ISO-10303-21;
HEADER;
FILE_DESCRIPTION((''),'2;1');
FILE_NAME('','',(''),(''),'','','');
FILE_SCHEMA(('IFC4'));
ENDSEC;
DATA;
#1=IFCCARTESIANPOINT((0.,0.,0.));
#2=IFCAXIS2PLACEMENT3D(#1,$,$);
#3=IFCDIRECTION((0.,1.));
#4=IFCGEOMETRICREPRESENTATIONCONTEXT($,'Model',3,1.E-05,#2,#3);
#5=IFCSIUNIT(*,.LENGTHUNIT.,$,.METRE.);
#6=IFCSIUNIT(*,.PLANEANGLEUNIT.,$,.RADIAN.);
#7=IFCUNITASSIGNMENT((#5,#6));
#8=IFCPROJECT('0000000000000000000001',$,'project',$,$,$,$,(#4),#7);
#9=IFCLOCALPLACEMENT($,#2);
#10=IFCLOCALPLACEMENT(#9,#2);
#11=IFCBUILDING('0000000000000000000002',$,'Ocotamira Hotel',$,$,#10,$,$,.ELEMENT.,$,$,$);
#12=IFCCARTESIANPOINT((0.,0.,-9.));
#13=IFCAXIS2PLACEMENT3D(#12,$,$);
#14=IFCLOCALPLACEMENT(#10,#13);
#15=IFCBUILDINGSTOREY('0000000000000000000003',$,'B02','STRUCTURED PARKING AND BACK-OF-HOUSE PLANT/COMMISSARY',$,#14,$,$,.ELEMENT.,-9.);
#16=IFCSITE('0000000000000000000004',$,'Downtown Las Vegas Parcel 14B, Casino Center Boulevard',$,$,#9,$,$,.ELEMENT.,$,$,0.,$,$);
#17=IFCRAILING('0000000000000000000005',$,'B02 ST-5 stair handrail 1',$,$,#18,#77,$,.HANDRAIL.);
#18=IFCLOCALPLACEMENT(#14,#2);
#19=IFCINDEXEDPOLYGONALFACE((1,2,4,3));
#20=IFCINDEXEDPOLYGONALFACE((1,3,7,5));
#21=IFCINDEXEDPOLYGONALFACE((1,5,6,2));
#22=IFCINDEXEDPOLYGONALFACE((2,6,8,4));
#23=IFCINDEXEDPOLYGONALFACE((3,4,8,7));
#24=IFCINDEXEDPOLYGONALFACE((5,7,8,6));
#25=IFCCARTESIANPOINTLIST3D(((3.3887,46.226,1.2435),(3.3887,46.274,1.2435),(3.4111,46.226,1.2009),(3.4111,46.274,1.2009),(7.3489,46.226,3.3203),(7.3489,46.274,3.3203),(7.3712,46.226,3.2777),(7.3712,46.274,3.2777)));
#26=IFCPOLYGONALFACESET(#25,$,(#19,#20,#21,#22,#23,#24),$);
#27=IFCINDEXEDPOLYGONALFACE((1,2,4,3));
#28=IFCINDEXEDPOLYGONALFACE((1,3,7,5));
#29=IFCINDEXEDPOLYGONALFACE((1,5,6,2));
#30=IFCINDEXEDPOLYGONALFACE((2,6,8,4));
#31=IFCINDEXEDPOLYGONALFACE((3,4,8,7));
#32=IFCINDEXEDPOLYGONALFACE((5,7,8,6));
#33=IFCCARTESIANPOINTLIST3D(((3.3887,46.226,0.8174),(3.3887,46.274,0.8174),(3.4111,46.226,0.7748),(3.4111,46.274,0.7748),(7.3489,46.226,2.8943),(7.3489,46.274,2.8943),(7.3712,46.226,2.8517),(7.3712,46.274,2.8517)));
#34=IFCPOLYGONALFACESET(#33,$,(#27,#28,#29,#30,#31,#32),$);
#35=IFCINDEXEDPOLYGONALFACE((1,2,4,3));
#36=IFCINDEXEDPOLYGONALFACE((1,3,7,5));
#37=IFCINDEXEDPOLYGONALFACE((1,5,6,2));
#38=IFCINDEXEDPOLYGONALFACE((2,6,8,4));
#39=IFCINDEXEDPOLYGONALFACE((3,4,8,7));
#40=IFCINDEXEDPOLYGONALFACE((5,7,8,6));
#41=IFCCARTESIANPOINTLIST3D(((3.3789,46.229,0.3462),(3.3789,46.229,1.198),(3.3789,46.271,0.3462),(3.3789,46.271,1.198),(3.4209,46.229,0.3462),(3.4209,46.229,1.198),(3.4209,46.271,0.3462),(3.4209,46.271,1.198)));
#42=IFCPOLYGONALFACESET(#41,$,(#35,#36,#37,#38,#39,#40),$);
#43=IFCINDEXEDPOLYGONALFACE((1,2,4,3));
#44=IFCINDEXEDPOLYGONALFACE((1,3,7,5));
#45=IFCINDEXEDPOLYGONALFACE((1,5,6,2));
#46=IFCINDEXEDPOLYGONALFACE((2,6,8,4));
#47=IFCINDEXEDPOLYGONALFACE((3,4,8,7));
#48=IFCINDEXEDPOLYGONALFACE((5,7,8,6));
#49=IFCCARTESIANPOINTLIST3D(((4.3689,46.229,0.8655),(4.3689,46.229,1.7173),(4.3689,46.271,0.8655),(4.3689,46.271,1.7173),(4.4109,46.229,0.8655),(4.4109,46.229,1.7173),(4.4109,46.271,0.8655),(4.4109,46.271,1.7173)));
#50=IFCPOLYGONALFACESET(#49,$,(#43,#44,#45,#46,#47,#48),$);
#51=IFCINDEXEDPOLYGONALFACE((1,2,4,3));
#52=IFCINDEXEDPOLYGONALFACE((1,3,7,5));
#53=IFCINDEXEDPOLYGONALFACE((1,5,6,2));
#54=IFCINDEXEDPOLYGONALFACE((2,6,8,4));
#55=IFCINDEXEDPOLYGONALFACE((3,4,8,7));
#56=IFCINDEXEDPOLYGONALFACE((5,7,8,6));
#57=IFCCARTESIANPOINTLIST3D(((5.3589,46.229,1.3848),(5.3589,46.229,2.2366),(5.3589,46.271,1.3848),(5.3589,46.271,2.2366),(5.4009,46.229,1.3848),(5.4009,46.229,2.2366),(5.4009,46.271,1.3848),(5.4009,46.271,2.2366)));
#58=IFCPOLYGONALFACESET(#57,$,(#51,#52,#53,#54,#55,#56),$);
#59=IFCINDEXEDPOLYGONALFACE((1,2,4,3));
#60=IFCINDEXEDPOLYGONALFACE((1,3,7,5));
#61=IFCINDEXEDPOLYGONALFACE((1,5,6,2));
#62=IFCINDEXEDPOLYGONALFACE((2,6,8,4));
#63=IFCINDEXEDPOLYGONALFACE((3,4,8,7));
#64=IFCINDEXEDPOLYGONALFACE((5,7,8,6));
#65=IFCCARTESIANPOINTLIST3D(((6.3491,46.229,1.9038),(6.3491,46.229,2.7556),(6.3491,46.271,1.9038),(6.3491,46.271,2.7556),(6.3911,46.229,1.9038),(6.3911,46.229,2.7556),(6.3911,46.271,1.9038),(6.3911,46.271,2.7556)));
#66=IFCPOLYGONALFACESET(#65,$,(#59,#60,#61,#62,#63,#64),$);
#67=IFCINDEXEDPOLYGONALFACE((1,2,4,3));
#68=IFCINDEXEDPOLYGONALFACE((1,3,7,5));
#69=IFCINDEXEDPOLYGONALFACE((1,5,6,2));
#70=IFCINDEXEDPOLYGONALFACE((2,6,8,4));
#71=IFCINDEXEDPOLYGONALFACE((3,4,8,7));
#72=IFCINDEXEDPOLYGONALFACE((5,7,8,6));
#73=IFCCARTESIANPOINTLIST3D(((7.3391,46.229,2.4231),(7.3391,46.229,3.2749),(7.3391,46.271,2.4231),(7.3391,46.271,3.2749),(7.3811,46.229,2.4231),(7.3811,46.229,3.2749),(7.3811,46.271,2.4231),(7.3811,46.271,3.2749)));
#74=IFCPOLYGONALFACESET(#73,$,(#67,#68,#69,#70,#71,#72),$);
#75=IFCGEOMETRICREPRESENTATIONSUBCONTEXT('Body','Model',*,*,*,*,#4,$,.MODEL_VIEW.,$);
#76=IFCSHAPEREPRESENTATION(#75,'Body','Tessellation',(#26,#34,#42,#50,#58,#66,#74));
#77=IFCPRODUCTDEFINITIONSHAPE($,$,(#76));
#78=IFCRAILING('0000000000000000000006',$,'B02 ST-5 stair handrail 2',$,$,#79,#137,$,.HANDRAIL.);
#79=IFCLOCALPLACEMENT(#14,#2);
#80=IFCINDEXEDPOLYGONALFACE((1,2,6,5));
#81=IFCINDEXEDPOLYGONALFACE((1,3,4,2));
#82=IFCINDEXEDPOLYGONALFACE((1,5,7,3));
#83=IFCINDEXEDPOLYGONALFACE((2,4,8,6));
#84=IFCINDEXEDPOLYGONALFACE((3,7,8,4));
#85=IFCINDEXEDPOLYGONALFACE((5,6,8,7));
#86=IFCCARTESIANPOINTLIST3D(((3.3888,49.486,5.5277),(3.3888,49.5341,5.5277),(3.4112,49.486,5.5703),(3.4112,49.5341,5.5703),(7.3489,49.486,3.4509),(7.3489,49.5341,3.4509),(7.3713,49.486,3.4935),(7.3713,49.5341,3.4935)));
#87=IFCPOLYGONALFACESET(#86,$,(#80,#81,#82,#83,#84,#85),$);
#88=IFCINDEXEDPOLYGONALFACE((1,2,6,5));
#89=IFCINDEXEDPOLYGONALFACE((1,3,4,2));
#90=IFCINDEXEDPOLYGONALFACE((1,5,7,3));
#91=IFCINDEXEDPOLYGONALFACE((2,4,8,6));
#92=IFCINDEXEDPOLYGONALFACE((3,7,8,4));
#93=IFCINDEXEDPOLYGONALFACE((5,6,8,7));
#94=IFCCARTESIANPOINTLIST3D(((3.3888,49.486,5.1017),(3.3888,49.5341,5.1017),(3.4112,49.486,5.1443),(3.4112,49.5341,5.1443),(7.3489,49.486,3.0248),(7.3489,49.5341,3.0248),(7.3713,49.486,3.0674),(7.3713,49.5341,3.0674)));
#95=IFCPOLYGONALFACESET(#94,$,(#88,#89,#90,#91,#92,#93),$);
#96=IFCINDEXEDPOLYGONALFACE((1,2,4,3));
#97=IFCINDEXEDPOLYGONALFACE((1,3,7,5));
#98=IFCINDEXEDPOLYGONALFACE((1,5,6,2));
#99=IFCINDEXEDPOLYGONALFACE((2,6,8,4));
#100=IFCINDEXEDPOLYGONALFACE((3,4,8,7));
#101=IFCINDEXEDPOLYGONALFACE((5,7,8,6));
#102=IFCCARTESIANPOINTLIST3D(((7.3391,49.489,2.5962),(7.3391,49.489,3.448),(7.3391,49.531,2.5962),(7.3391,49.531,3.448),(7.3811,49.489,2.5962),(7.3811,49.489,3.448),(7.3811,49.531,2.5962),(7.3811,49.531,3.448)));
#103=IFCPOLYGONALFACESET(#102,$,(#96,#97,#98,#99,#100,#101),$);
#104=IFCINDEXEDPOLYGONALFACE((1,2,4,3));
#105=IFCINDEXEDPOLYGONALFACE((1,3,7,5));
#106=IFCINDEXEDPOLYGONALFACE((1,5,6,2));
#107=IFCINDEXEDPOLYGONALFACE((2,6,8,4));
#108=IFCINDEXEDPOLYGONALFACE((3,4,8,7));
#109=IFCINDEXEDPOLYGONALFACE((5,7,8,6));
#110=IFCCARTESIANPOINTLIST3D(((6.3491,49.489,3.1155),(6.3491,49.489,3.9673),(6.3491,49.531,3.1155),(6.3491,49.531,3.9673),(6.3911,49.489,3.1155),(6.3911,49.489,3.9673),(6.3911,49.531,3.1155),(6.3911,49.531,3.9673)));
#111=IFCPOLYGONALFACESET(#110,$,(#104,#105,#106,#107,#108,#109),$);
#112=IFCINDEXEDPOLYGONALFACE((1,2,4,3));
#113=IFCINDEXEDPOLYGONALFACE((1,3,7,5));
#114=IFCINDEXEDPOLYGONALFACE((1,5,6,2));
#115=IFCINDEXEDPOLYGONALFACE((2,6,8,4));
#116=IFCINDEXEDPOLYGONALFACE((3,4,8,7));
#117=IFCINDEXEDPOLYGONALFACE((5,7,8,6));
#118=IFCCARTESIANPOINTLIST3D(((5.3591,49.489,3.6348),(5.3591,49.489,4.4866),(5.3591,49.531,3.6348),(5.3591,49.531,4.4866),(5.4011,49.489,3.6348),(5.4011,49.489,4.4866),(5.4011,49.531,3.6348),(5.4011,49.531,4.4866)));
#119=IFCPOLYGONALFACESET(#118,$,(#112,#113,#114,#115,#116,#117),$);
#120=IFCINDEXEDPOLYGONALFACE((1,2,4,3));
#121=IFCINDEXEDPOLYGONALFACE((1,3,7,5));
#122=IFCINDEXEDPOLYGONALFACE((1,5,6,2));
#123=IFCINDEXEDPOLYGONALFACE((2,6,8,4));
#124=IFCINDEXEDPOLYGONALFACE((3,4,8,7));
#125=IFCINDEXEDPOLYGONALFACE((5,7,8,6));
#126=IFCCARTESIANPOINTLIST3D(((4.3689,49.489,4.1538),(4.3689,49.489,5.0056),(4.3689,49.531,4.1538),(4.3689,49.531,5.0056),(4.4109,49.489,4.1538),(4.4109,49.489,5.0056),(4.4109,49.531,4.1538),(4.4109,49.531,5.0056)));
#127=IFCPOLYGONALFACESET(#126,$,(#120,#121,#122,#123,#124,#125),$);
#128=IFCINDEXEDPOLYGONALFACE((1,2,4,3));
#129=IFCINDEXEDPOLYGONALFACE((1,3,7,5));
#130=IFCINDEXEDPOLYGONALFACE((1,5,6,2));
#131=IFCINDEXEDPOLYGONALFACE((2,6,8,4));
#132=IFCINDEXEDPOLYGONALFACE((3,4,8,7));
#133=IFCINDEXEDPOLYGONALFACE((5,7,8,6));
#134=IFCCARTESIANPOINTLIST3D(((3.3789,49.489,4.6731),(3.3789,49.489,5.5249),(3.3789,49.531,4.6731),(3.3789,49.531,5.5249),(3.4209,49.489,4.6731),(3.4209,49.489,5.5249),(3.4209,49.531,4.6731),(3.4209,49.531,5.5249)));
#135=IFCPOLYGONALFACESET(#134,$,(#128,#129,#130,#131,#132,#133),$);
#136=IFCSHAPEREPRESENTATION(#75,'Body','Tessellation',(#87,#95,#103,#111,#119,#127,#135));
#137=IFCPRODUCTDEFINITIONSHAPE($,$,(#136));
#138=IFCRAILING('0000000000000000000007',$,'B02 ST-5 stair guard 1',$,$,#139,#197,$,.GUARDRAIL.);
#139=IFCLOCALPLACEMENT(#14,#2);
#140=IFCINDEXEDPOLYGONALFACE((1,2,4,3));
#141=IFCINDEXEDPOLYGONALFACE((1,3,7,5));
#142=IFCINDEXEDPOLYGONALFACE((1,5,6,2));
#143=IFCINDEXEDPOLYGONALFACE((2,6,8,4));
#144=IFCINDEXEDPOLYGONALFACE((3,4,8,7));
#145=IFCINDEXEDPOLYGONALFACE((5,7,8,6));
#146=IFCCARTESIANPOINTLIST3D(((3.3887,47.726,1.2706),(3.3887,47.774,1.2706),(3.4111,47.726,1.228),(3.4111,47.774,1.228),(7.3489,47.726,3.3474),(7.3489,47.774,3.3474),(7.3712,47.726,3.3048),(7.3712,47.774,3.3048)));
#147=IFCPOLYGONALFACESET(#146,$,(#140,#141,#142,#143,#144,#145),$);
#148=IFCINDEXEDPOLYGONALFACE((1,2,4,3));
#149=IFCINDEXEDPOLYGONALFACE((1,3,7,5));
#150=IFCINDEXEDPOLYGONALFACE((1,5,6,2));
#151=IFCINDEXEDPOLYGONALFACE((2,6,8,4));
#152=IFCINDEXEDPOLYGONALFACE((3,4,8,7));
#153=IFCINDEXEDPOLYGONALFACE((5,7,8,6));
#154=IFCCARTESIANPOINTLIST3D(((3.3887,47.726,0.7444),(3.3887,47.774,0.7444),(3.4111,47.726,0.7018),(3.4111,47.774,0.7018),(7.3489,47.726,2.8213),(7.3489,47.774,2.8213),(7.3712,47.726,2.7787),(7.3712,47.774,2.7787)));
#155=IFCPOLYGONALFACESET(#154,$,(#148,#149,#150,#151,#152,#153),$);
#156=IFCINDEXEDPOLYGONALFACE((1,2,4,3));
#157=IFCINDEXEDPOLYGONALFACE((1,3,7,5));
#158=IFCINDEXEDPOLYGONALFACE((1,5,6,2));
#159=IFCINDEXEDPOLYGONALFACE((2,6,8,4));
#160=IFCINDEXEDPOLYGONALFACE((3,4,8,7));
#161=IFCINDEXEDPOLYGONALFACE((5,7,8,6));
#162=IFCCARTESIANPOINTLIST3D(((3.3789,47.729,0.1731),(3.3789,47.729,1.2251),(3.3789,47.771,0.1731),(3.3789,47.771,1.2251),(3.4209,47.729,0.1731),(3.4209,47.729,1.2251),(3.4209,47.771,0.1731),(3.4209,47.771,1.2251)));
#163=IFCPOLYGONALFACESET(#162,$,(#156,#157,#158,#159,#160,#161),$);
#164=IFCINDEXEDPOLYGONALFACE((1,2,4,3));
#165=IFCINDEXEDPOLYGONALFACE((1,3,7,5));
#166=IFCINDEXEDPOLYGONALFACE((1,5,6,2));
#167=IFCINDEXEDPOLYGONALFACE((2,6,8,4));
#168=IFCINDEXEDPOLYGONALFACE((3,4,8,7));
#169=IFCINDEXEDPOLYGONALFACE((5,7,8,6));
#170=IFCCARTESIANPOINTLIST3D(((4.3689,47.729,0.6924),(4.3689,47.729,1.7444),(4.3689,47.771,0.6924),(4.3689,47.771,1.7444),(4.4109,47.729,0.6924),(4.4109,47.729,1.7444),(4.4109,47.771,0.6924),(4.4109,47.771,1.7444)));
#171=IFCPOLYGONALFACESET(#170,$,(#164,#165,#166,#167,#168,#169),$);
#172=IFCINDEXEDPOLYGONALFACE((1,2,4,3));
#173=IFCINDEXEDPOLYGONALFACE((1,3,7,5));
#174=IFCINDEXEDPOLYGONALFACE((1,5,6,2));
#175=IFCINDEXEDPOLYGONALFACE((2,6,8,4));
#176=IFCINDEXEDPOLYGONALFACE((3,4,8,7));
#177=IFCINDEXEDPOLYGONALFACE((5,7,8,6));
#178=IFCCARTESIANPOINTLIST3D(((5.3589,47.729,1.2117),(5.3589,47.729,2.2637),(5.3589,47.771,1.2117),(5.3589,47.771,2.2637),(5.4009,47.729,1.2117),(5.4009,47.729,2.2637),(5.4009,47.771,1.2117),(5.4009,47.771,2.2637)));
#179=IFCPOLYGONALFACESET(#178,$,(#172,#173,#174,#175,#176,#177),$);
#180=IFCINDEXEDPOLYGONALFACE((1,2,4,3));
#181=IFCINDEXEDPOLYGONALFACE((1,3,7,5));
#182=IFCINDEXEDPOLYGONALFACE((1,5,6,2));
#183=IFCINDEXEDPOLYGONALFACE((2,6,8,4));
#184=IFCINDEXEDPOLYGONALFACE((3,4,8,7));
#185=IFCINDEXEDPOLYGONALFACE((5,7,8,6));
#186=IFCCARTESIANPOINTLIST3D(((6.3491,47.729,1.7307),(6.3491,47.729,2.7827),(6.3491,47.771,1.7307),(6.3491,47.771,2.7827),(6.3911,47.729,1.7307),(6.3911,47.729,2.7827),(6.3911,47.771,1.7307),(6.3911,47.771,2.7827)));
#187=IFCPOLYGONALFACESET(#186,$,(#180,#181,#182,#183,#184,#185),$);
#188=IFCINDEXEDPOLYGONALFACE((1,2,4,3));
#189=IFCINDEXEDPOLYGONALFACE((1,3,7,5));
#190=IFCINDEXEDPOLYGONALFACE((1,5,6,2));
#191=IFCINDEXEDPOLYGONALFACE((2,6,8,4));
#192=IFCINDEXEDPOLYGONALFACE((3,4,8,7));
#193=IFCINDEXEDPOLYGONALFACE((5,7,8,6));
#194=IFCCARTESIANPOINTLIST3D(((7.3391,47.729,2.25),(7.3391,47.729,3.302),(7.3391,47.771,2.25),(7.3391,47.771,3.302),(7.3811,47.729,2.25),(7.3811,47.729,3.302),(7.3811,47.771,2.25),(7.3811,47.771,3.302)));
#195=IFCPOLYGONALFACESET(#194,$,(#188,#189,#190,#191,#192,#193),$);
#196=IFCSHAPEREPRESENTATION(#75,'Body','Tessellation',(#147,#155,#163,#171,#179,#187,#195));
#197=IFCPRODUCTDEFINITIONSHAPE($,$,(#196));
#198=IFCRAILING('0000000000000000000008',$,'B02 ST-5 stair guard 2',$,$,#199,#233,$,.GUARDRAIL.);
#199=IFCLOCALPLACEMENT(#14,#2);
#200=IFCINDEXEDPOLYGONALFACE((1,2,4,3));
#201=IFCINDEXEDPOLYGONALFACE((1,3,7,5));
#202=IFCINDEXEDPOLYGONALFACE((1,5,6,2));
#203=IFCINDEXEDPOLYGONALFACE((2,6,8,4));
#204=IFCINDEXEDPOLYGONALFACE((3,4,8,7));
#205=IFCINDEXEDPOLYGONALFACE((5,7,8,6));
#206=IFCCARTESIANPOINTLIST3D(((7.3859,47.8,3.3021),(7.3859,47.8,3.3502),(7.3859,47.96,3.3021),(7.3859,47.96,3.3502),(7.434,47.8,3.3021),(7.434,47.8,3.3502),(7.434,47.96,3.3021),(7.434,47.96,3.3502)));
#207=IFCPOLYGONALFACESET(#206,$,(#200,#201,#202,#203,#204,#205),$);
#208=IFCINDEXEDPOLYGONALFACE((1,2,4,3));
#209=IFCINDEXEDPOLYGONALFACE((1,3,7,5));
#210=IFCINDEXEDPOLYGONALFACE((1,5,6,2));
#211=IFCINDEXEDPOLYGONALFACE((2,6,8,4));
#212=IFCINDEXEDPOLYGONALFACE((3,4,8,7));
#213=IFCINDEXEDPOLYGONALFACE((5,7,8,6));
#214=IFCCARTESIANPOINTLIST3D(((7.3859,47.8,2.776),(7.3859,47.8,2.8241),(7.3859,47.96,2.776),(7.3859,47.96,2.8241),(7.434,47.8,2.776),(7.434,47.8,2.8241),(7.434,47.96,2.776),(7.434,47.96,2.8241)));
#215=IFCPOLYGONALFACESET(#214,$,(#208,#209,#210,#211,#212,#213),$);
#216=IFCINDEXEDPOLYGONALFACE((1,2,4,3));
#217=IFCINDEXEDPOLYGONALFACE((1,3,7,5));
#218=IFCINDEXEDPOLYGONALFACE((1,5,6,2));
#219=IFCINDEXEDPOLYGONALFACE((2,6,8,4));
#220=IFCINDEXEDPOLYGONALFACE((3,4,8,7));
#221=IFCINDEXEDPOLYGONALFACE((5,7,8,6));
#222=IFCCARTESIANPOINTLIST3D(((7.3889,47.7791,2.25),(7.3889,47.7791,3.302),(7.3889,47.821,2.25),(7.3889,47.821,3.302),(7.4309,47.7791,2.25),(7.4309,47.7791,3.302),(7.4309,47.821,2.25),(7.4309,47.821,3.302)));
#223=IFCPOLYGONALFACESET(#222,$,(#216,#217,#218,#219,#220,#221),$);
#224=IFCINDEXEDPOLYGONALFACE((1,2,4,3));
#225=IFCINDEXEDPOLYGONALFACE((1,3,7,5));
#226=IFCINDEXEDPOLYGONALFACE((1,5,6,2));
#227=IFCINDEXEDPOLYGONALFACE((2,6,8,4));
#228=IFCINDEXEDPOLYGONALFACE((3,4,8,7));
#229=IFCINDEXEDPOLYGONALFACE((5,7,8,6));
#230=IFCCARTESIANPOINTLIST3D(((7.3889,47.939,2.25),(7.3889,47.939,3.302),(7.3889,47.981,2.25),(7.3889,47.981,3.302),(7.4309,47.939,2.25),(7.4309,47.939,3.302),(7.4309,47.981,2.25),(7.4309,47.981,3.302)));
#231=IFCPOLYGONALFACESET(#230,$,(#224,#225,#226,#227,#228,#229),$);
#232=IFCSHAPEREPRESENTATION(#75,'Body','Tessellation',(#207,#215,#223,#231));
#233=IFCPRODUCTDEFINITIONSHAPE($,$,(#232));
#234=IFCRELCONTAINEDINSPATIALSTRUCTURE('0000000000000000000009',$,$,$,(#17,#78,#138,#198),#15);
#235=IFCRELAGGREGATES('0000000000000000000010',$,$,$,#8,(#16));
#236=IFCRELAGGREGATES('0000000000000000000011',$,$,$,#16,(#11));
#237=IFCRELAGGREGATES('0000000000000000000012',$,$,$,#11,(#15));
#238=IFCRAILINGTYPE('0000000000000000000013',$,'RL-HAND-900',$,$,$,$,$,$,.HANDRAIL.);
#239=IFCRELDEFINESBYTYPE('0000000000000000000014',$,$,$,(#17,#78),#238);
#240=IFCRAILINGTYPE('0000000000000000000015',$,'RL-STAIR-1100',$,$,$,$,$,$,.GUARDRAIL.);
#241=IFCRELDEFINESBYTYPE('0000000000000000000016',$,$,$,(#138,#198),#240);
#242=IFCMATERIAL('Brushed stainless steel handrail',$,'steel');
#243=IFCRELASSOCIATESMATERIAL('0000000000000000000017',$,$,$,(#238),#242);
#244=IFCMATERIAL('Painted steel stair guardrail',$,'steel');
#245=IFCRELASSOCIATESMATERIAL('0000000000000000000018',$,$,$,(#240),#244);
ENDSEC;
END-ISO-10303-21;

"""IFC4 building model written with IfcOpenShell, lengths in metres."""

from ifc_helpers import new_model, si_unit, direction, frame, origin, origin_2d, place, context, subcontext, project, spatial, rectangle, extrude, material, type_object, element, save


model = new_model("IFC4")

# Units and contexts
model_context = context("Model", 3, precision=1e-05, world=origin(), true_north=direction((0.0, 1.0)))
body_context = subcontext(model_context, "Body", "Model", "MODEL_VIEW")
ifc_project = project(units=[si_unit("LENGTHUNIT", "METRE"), si_unit("PLANEANGLEUNIT", "RADIAN")], contexts=[model_context])

# Site, building, storey
site_placement = place(None, origin())
site = spatial("IfcSite", under=ifc_project, at=site_placement, Name="Downtown Las Vegas Parcel 14B, Casino Center Boulevard", CompositionType="ELEMENT", RefElevation=0.0)
building_placement = place(site_placement, origin())
building = spatial("IfcBuilding", under=site, at=building_placement, Name="Ocotamira Hotel", CompositionType="ELEMENT")
storey_placement = place(building_placement, frame((0.0, 0.0, -9.0)))
storey = spatial("IfcBuildingStorey", under=building, at=storey_placement, Name="B02", Description="STRUCTURED PARKING AND BACK-OF-HOUSE PLANT/COMMISSARY", CompositionType="ELEMENT", Elevation=-9.0)

# Railings
ifc_material_1 = material(Name="Brushed stainless steel handrail", Category="steel")
railing_type_1 = type_object("IfcRailingType", Name="RL-HAND-900", PredefinedType="HANDRAIL", material=ifc_material_1)
railing_1_placement = place(storey_placement, frame((3.3999, 46.25, 0.3462)))
element("IfcRailing", 1, at=railing_1_placement, inside=storey, type_object=railing_type_1, Name="B02 ST-5 stair handrail 1", PredefinedType="HANDRAIL", context=body_context, shape_type="SweptSolid", body=[
    extrude(rectangle(XDim=0.0481, YDim=0.0481, at=origin_2d()), frame((0.0, 0.0, 0.876), z_axis=(0.885601, 0.0, 0.464448), x_axis=(0.0, 1.0, 0.0)), (0.0, 0.0, 1.0), 4.4717),
    extrude(rectangle(XDim=0.0481, YDim=0.0481, at=origin_2d()), frame((0.0, 0.0, 0.45), z_axis=(0.885601, 0.0, 0.464448), x_axis=(0.0, 1.0, 0.0)), (0.0, 0.0, 1.0), 4.4717),
    extrude(rectangle(XDim=0.042, YDim=0.042, at=origin_2d()), origin(), (0.0, 0.0, 1.0), 0.8518),
    extrude(rectangle(XDim=0.042, YDim=0.042, at=origin_2d()), frame((0.99, 0.0, 0.5193)), (0.0, 0.0, 1.0), 0.8518),
    extrude(rectangle(XDim=0.042, YDim=0.042, at=origin_2d()), frame((1.98, 0.0, 1.0386)), (0.0, 0.0, 1.0), 0.8518),
    extrude(rectangle(XDim=0.042, YDim=0.042, at=origin_2d()), frame((2.9702, 0.0, 1.5576)), (0.0, 0.0, 1.0), 0.8518),
    extrude(rectangle(XDim=0.042, YDim=0.042, at=origin_2d()), frame((3.9602, 0.0, 2.0769)), (0.0, 0.0, 1.0), 0.8518),
])
railing_2_placement = place(storey_placement, frame((7.3601, 49.51, 2.5962)))
element("IfcRailing", 2, at=railing_2_placement, inside=storey, type_object=railing_type_1, Name="B02 ST-5 stair handrail 2", PredefinedType="HANDRAIL", context=body_context, shape_type="SweptSolid", body=[
    extrude(rectangle(XDim=0.0481, YDim=0.0481, at=origin_2d()), frame((0.0, 0.0, 0.876), z_axis=(-0.885601, 0.0, 0.464448), x_axis=(0.0, -1.0, 0.0)), (0.0, 0.0, 1.0), 4.4717),
    extrude(rectangle(XDim=0.0481, YDim=0.0481, at=origin_2d()), frame((0.0, 0.0, 0.45), z_axis=(-0.885601, 0.0, 0.464448), x_axis=(0.0, -1.0, 0.0)), (0.0, 0.0, 1.0), 4.4717),
    extrude(rectangle(XDim=0.042, YDim=0.042, at=origin_2d()), origin(), (0.0, 0.0, 1.0), 0.8518),
    extrude(rectangle(XDim=0.042, YDim=0.042, at=origin_2d()), frame((-0.99, 0.0, 0.5193)), (0.0, 0.0, 1.0), 0.8518),
    extrude(rectangle(XDim=0.042, YDim=0.042, at=origin_2d()), frame((-1.98, 0.0, 1.0386)), (0.0, 0.0, 1.0), 0.8518),
    extrude(rectangle(XDim=0.042, YDim=0.042, at=origin_2d()), frame((-2.9702, 0.0, 1.5576)), (0.0, 0.0, 1.0), 0.8518),
    extrude(rectangle(XDim=0.042, YDim=0.042, at=origin_2d()), frame((-3.9602, 0.0, 2.0769)), (0.0, 0.0, 1.0), 0.8518),
])
ifc_material_2 = material(Name="Painted steel stair guardrail", Category="steel")
railing_type_2 = type_object("IfcRailingType", Name="RL-STAIR-1100", PredefinedType="GUARDRAIL", material=ifc_material_2)
railing_3_placement = place(storey_placement, frame((3.3999, 47.75, 0.1731)))
element("IfcRailing", 3, at=railing_3_placement, inside=storey, type_object=railing_type_2, Name="B02 ST-5 stair guard 1", PredefinedType="GUARDRAIL", context=body_context, shape_type="SweptSolid", body=[
    extrude(rectangle(XDim=0.0481, YDim=0.0481, at=origin_2d()), frame((0.0, 0.0, 1.0762), z_axis=(0.885601, 0.0, 0.464448), x_axis=(0.0, 1.0, 0.0)), (0.0, 0.0, 1.0), 4.4717),
    extrude(rectangle(XDim=0.0481, YDim=0.0481, at=origin_2d()), frame((0.0, 0.0, 0.55), z_axis=(0.885601, 0.0, 0.464448), x_axis=(0.0, 1.0, 0.0)), (0.0, 0.0, 1.0), 4.4717),
    extrude(rectangle(XDim=0.042, YDim=0.042, at=origin_2d()), origin(), (0.0, 0.0, 1.0), 1.052),
    extrude(rectangle(XDim=0.042, YDim=0.042, at=origin_2d()), frame((0.99, 0.0, 0.5193)), (0.0, 0.0, 1.0), 1.052),
    extrude(rectangle(XDim=0.042, YDim=0.042, at=origin_2d()), frame((1.98, 0.0, 1.0386)), (0.0, 0.0, 1.0), 1.052),
    extrude(rectangle(XDim=0.042, YDim=0.042, at=origin_2d()), frame((2.9702, 0.0, 1.5576)), (0.0, 0.0, 1.0), 1.052),
    extrude(rectangle(XDim=0.042, YDim=0.042, at=origin_2d()), frame((3.9602, 0.0, 2.0769)), (0.0, 0.0, 1.0), 1.052),
])
railing_4_placement = place(storey_placement, frame((7.4099, 47.8, 2.25)))
element("IfcRailing", 4, at=railing_4_placement, inside=storey, type_object=railing_type_2, Name="B02 ST-5 stair guard 2", PredefinedType="GUARDRAIL", context=body_context, shape_type="SweptSolid", body=[
    extrude(rectangle(XDim=0.0481, YDim=0.0481, at=origin_2d()), frame((0.0, 0.0, 1.0762), z_axis=(0.0, 1.0, 0.0), x_axis=(-1.0, 0.0, 0.0)), (0.0, 0.0, 1.0), 0.1599),
    extrude(rectangle(XDim=0.0481, YDim=0.0481, at=origin_2d()), frame((0.0, 0.0, 0.55), z_axis=(0.0, 1.0, 0.0), x_axis=(-1.0, 0.0, 0.0)), (0.0, 0.0, 1.0), 0.1599),
    extrude(rectangle(XDim=0.042, YDim=0.042, at=origin_2d()), origin(), (0.0, 0.0, 1.0), 1.052),
    extrude(rectangle(XDim=0.042, YDim=0.042, at=origin_2d()), frame((0.0, 0.1599, 0.0)), (0.0, 0.0, 1.0), 1.052),
])

save(model, "model.ifc")
